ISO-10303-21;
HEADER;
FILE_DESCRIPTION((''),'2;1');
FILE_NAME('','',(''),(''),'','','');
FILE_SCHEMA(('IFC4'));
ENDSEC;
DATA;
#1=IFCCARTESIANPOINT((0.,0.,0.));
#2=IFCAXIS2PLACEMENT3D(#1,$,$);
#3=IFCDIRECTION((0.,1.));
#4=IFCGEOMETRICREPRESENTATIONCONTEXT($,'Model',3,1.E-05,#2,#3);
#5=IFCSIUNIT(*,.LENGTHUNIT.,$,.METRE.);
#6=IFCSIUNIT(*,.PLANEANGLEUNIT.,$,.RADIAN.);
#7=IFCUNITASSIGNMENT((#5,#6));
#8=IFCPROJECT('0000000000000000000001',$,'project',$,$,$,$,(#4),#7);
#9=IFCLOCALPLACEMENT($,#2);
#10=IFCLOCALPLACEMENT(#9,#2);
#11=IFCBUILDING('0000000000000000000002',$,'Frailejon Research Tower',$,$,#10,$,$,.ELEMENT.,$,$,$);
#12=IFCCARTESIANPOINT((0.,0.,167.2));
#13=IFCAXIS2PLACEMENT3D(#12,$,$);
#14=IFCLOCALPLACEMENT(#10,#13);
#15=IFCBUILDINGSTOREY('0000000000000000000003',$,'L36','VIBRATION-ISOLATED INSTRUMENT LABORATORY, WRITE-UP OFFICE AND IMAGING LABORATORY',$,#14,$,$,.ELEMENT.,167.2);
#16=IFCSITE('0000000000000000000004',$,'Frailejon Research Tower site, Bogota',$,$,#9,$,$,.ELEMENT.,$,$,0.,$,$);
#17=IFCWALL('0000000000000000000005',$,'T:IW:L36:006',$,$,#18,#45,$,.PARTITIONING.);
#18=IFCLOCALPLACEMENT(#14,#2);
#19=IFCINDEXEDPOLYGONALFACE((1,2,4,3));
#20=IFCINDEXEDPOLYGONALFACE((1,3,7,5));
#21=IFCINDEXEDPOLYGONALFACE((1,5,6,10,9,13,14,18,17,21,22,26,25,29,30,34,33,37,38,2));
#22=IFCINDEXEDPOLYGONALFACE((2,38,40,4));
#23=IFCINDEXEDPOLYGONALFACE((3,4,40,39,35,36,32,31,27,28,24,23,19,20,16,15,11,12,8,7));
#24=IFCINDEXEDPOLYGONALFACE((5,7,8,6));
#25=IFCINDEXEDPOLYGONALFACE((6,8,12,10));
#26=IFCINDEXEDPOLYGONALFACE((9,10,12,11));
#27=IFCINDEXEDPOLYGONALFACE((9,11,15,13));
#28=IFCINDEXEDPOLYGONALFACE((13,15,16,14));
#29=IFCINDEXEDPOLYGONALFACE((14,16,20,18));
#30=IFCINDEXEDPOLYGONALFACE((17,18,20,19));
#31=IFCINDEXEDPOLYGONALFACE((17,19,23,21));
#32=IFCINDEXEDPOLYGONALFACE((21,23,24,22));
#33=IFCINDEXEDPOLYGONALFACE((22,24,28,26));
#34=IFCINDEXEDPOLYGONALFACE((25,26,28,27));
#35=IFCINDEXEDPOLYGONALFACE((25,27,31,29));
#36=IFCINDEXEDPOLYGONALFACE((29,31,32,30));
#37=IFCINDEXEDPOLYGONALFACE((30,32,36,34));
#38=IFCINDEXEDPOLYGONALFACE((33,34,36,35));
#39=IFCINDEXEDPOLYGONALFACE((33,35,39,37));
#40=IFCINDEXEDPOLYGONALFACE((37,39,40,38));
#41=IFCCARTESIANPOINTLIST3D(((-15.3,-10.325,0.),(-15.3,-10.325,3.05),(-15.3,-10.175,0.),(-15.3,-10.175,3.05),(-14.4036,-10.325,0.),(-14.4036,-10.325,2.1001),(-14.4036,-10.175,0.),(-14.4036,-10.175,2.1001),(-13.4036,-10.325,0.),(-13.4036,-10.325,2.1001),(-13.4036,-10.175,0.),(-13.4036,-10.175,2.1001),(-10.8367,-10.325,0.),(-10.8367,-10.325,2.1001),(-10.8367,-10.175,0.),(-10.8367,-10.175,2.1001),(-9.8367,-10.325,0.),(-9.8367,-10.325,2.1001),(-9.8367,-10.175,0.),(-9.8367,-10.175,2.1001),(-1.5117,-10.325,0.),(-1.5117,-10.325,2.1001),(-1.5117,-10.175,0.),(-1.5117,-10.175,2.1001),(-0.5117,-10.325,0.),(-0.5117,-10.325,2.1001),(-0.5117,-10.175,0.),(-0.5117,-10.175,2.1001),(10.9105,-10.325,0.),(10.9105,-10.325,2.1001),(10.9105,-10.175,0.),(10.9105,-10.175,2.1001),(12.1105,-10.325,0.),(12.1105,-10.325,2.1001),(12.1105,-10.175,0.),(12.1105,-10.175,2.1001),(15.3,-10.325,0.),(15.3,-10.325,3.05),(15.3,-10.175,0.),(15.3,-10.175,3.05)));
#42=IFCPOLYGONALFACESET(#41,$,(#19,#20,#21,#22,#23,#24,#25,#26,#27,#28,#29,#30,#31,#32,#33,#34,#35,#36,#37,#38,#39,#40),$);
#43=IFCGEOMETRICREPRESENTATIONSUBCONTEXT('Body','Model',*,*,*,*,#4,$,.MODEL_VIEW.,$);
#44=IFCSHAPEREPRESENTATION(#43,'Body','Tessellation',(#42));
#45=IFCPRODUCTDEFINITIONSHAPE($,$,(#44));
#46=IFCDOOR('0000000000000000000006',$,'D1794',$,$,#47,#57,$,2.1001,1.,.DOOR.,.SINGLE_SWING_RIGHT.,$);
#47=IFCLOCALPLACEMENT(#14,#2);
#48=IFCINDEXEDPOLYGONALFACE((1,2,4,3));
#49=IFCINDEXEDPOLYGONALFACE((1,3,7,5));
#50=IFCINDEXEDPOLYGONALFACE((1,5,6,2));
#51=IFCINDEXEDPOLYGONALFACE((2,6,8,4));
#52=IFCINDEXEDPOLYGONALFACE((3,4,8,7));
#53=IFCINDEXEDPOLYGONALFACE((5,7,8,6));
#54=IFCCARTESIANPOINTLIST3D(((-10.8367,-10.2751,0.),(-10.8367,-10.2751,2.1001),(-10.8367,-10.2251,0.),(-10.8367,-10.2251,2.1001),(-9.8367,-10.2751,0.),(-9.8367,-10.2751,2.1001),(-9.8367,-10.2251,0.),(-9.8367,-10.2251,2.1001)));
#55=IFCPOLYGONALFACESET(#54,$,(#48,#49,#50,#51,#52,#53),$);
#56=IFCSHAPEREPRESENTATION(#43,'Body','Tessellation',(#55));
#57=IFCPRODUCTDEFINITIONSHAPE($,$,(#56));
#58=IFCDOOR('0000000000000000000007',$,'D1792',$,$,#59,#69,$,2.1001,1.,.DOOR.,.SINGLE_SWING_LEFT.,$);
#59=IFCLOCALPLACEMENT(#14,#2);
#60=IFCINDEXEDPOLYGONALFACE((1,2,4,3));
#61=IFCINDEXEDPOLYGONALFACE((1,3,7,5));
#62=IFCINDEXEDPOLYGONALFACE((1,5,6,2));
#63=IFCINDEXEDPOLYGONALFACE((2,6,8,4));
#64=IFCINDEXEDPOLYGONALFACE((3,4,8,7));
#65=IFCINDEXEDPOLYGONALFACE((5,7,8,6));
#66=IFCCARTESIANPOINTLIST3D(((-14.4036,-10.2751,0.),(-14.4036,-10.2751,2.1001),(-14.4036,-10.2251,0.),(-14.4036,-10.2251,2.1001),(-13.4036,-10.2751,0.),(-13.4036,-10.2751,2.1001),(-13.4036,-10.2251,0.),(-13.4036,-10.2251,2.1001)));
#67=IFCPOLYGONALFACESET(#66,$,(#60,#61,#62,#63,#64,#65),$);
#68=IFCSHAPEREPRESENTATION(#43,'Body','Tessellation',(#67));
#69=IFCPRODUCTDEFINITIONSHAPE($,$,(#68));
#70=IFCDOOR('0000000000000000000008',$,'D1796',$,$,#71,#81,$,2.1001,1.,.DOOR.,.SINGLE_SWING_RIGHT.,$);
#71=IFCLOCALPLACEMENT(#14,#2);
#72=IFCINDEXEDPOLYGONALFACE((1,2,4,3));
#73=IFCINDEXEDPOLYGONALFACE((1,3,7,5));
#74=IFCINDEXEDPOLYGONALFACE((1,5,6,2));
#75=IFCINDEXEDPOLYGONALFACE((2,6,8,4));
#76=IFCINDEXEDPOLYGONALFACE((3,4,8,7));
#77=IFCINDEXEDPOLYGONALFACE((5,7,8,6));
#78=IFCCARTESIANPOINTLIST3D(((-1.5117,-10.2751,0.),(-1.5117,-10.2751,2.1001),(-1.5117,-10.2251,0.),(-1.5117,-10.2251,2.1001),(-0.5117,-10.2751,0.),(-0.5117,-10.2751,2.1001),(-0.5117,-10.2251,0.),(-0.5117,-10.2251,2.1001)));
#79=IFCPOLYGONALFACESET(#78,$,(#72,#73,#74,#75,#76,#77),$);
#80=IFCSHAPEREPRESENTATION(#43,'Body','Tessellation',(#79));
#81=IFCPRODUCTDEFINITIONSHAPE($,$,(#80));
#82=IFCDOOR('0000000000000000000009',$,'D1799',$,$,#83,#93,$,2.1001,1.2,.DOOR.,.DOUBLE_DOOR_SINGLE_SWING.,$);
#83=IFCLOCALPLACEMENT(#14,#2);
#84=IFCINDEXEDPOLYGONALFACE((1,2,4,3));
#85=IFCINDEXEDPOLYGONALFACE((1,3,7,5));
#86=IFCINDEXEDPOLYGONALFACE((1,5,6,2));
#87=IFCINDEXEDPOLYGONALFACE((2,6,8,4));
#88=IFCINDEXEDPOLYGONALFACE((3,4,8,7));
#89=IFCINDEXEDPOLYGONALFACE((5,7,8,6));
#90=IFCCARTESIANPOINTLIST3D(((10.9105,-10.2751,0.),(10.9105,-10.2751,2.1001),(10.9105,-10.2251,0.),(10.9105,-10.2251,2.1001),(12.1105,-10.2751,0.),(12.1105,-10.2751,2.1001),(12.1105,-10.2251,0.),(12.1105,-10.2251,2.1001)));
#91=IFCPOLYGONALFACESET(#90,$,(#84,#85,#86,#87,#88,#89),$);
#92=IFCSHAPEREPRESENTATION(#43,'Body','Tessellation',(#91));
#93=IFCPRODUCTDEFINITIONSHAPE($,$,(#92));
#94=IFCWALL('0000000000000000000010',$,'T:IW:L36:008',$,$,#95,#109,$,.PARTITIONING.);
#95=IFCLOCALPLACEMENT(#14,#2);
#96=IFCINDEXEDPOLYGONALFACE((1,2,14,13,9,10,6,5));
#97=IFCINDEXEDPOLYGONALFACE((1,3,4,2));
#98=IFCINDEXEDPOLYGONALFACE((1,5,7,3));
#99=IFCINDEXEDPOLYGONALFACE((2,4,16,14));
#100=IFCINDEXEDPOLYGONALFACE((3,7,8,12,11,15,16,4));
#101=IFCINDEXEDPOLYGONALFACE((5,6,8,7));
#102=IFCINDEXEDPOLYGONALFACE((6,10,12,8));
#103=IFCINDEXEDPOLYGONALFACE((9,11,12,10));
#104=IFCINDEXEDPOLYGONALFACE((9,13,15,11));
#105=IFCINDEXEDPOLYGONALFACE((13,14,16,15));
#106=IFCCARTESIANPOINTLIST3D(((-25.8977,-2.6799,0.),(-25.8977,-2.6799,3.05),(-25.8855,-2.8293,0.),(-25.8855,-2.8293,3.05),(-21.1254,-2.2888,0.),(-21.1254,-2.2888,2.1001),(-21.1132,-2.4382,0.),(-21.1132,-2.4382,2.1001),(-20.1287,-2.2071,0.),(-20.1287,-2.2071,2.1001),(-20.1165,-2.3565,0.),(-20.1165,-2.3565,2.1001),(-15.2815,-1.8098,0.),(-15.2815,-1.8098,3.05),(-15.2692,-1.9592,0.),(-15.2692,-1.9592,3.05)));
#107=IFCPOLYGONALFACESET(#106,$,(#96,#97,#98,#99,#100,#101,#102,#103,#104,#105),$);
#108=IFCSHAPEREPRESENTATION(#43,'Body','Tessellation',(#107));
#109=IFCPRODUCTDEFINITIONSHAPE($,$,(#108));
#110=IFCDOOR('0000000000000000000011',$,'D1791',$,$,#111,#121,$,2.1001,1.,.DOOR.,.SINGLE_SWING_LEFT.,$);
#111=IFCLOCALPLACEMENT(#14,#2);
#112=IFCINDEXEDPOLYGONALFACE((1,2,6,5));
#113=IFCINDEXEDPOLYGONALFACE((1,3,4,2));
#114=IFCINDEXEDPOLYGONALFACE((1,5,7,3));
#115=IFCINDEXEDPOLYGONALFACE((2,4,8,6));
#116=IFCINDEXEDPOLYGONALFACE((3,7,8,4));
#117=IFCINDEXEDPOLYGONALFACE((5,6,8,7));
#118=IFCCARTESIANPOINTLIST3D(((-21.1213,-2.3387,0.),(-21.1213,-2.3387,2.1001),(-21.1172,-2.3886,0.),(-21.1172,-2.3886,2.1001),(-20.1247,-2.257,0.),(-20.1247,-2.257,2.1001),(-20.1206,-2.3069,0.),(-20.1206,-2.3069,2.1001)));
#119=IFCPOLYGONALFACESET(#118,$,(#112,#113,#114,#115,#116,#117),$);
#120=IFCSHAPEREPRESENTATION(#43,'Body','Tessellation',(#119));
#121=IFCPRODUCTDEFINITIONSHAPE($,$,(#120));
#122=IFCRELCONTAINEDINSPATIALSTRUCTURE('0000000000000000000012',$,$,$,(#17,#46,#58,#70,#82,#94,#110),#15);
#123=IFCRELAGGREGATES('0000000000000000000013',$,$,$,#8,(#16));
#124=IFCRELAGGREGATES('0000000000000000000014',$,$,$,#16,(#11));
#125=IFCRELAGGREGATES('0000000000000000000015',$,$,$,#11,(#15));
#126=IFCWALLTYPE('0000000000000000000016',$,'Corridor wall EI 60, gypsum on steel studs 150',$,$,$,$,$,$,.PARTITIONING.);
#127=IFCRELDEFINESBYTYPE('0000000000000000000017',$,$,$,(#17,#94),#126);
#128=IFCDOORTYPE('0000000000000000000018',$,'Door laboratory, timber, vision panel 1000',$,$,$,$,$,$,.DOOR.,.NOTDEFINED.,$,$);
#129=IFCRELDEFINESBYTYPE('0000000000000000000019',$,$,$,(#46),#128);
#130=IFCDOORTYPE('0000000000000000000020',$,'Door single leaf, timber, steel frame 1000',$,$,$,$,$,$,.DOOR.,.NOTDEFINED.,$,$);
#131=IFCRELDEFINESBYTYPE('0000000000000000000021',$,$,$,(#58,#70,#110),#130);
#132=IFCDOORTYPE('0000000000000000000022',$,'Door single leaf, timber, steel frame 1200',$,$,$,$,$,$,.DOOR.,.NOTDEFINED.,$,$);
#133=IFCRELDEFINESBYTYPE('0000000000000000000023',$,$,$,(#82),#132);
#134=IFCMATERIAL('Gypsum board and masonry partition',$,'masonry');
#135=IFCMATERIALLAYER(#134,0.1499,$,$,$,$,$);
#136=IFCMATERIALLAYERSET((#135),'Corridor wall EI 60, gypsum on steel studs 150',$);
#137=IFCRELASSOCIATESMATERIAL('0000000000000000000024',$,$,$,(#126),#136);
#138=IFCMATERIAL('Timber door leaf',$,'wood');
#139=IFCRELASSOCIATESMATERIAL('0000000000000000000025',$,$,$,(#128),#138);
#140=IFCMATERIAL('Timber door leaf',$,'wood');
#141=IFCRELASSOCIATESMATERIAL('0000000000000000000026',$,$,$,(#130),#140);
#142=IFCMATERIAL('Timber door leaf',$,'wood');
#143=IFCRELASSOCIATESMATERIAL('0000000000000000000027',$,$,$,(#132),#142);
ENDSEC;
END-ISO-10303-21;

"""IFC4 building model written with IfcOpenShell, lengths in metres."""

from ifc_helpers import new_model, si_unit, direction, frame, frame_2d, origin, place, context, subcontext, project, spatial, rectangle, extrude, material, layer, layer_set, type_object, element, fill, save


model = new_model("IFC4")

# Units and contexts
model_context = context("Model", 3, precision=1e-05, world=origin(), true_north=direction((0.0, 1.0)))
body_context = subcontext(model_context, "Body", "Model", "MODEL_VIEW")
ifc_project = project(units=[si_unit("LENGTHUNIT", "METRE"), si_unit("PLANEANGLEUNIT", "RADIAN")], contexts=[model_context])

# Site, building, storey
site_placement = place(None, origin())
site = spatial("IfcSite", under=ifc_project, at=site_placement, Name="Frailejon Research Tower site, Bogota", CompositionType="ELEMENT", RefElevation=0.0)
building_placement = place(site_placement, origin())
building = spatial("IfcBuilding", under=site, at=building_placement, Name="Frailejon Research Tower", CompositionType="ELEMENT")
storey_placement = place(building_placement, frame((0.0, 0.0, 167.2)))
storey = spatial("IfcBuildingStorey", under=building, at=storey_placement, Name="L36", Description="VIBRATION-ISOLATED INSTRUMENT LABORATORY, WRITE-UP OFFICE AND IMAGING LABORATORY", CompositionType="ELEMENT", Elevation=167.2)

# Shared definitions
ifc_material_1 = material(Name="Gypsum board and masonry partition", Category="masonry")
ifc_layer_1 = layer(ifc_material_1, 0.1499)
ifc_layer_set_1 = layer_set([ifc_layer_1], Name="Corridor wall EI 60, gypsum on steel studs 150")
wall_type_1 = type_object("IfcWallType", Name="Corridor wall EI 60, gypsum on steel studs 150", PredefinedType="PARTITIONING", material=ifc_layer_set_1)

# Wall, openings, doors
wall_1_placement = place(storey_placement, frame((-15.3, -10.25, 0.0), z_axis=(0.0, 0.0, 1.0), x_axis=(1.0, 0.0, 0.0)))
wall_1 = element("IfcWall", 1, at=wall_1_placement, inside=storey, type_object=wall_type_1, Name="T:IW:L36:006", PredefinedType="PARTITIONING", context=body_context, shape_type="SweptSolid", body=[
    extrude(rectangle(XDim=30.6001, YDim=0.1499, at=frame_2d((15.3, 0.0))), origin(), (0.0, 0.0, 1.0), 3.05),
])
opening_1_placement = place(wall_1_placement, frame((0.8965, 0.0, 0.0)))
opening_1 = element("IfcOpeningElement", 2, at=opening_1_placement, cuts=wall_1, PredefinedType="OPENING", context=body_context, shape_type="SweptSolid", body=[
    extrude(rectangle(XDim=1.0, YDim=2.1001, at=frame_2d((0.5, 1.05))), frame((0.0, 0.085, 0.0), z_axis=(0.0, -1.0, 0.0), x_axis=(1.0, 0.0, 0.0)), (0.0, 0.0, 1.0), 0.1699),
])
opening_2_placement = place(wall_1_placement, frame((4.4634, 0.0, 0.0)))
opening_2 = element("IfcOpeningElement", 3, at=opening_2_placement, cuts=wall_1, PredefinedType="OPENING", context=body_context, shape_type="SweptSolid", body=[
    extrude(rectangle(XDim=1.0, YDim=2.1001, at=frame_2d((0.5, 1.05))), frame((0.0, 0.085, 0.0), z_axis=(0.0, -1.0, 0.0), x_axis=(1.0, 0.0, 0.0)), (0.0, 0.0, 1.0), 0.1699),
])
opening_3_placement = place(wall_1_placement, frame((13.7883, 0.0, 0.0)))
opening_3 = element("IfcOpeningElement", 4, at=opening_3_placement, cuts=wall_1, PredefinedType="OPENING", context=body_context, shape_type="SweptSolid", body=[
    extrude(rectangle(XDim=1.0, YDim=2.1001, at=frame_2d((0.5, 1.05))), frame((0.0, 0.085, 0.0), z_axis=(0.0, -1.0, 0.0), x_axis=(1.0, 0.0, 0.0)), (0.0, 0.0, 1.0), 0.1699),
])
opening_4_placement = place(wall_1_placement, frame((26.2104, 0.0, 0.0)))
opening_4 = element("IfcOpeningElement", 5, at=opening_4_placement, cuts=wall_1, PredefinedType="OPENING", context=body_context, shape_type="SweptSolid", body=[
    extrude(rectangle(XDim=1.2, YDim=2.1001, at=frame_2d((0.6001, 1.05))), frame((0.0, 0.085, 0.0), z_axis=(0.0, -1.0, 0.0), x_axis=(1.0, 0.0, 0.0)), (0.0, 0.0, 1.0), 0.1699),
])
ifc_material_2 = material(Name="Timber door leaf", Category="wood")
door_type_1 = type_object("IfcDoorType", Name="Door laboratory, timber, vision panel 1000", OperationType="NOTDEFINED", PredefinedType="DOOR", material=ifc_material_2)
door_1_placement = place(opening_2_placement, origin())
door_1 = element("IfcDoor", 6, at=door_1_placement, inside=storey, type_object=door_type_1, Name="D1794", OperationType="SINGLE_SWING_RIGHT", OverallHeight=2.1001, OverallWidth=1.0, PredefinedType="DOOR", context=body_context, shape_type="SweptSolid", body=[
    extrude(rectangle(XDim=1.0, YDim=2.1001, at=frame_2d((0.5, 1.05))), frame((0.0, 0.0249, 0.0), z_axis=(0.0, -1.0, 0.0), x_axis=(1.0, 0.0, 0.0)), (0.0, 0.0, 1.0), 0.05),
])
fill(opening_2, door_1)
ifc_material_3 = material(Name="Timber door leaf", Category="wood")
door_type_2 = type_object("IfcDoorType", Name="Door single leaf, timber, steel frame 1000", OperationType="NOTDEFINED", PredefinedType="DOOR", material=ifc_material_3)
door_2_placement = place(opening_1_placement, origin())
door_2 = element("IfcDoor", 7, at=door_2_placement, inside=storey, type_object=door_type_2, Name="D1792", OperationType="SINGLE_SWING_LEFT", OverallHeight=2.1001, OverallWidth=1.0, PredefinedType="DOOR", context=body_context, shape_type="SweptSolid", body=[
    extrude(rectangle(XDim=1.0, YDim=2.1001, at=frame_2d((0.5, 1.05))), frame((0.0, 0.0249, 0.0), z_axis=(0.0, -1.0, 0.0), x_axis=(1.0, 0.0, 0.0)), (0.0, 0.0, 1.0), 0.05),
])
fill(opening_1, door_2)
door_3_placement = place(opening_3_placement, origin())
door_3 = element("IfcDoor", 8, at=door_3_placement, inside=storey, type_object=door_type_2, Name="D1796", OperationType="SINGLE_SWING_RIGHT", OverallHeight=2.1001, OverallWidth=1.0, PredefinedType="DOOR", context=body_context, shape_type="SweptSolid", body=[
    extrude(rectangle(XDim=1.0, YDim=2.1001, at=frame_2d((0.5, 1.05))), frame((0.0, 0.0249, 0.0), z_axis=(0.0, -1.0, 0.0), x_axis=(1.0, 0.0, 0.0)), (0.0, 0.0, 1.0), 0.05),
])
fill(opening_3, door_3)
ifc_material_4 = material(Name="Timber door leaf", Category="wood")
door_type_3 = type_object("IfcDoorType", Name="Door single leaf, timber, steel frame 1200", OperationType="NOTDEFINED", PredefinedType="DOOR", material=ifc_material_4)
door_4_placement = place(opening_4_placement, origin())
door_4 = element("IfcDoor", 9, at=door_4_placement, inside=storey, type_object=door_type_3, Name="D1799", OperationType="DOUBLE_DOOR_SINGLE_SWING", OverallHeight=2.1001, OverallWidth=1.2, PredefinedType="DOOR", context=body_context, shape_type="SweptSolid", body=[
    extrude(rectangle(XDim=1.2, YDim=2.1001, at=frame_2d((0.6001, 1.05))), frame((0.0, 0.0249, 0.0), z_axis=(0.0, -1.0, 0.0), x_axis=(1.0, 0.0, 0.0)), (0.0, 0.0, 1.0), 0.05),
])
fill(opening_4, door_4)

# Wall, opening, door
wall_2_placement = place(storey_placement, frame((-25.8916, -2.7546, 0.0), z_axis=(0.0, 0.0, 1.0), x_axis=(0.996658, 0.081687, 0.0)))
wall_2 = element("IfcWall", 10, at=wall_2_placement, inside=storey, type_object=wall_type_1, Name="T:IW:L36:008", PredefinedType="PARTITIONING", context=body_context, shape_type="SweptSolid", body=[
    extrude(rectangle(XDim=10.6519, YDim=0.1499, at=frame_2d((5.3259, 0.0))), origin(), (0.0, 0.0, 1.0), 3.05),
])
opening_5_placement = place(wall_2_placement, frame((4.7883, 0.0, 0.0)))
opening_5 = element("IfcOpeningElement", 11, at=opening_5_placement, cuts=wall_2, PredefinedType="OPENING", context=body_context, shape_type="SweptSolid", body=[
    extrude(rectangle(XDim=1.0, YDim=2.1001, at=frame_2d((0.5, 1.05))), frame((0.0, 0.085, 0.0), z_axis=(0.0, -1.0, 0.0), x_axis=(1.0, 0.0, 0.0)), (0.0, 0.0, 1.0), 0.1699),
])
door_5_placement = place(opening_5_placement, origin())
door_5 = element("IfcDoor", 12, at=door_5_placement, inside=storey, type_object=door_type_2, Name="D1791", OperationType="SINGLE_SWING_LEFT", OverallHeight=2.1001, OverallWidth=1.0, PredefinedType="DOOR", context=body_context, shape_type="SweptSolid", body=[
    extrude(rectangle(XDim=1.0, YDim=2.1001, at=frame_2d((0.5, 1.05))), frame((0.0, 0.0249, 0.0), z_axis=(0.0, -1.0, 0.0), x_axis=(1.0, 0.0, 0.0)), (0.0, 0.0, 1.0), 0.05),
])
fill(opening_5, door_5)

save(model, "model.ifc")
